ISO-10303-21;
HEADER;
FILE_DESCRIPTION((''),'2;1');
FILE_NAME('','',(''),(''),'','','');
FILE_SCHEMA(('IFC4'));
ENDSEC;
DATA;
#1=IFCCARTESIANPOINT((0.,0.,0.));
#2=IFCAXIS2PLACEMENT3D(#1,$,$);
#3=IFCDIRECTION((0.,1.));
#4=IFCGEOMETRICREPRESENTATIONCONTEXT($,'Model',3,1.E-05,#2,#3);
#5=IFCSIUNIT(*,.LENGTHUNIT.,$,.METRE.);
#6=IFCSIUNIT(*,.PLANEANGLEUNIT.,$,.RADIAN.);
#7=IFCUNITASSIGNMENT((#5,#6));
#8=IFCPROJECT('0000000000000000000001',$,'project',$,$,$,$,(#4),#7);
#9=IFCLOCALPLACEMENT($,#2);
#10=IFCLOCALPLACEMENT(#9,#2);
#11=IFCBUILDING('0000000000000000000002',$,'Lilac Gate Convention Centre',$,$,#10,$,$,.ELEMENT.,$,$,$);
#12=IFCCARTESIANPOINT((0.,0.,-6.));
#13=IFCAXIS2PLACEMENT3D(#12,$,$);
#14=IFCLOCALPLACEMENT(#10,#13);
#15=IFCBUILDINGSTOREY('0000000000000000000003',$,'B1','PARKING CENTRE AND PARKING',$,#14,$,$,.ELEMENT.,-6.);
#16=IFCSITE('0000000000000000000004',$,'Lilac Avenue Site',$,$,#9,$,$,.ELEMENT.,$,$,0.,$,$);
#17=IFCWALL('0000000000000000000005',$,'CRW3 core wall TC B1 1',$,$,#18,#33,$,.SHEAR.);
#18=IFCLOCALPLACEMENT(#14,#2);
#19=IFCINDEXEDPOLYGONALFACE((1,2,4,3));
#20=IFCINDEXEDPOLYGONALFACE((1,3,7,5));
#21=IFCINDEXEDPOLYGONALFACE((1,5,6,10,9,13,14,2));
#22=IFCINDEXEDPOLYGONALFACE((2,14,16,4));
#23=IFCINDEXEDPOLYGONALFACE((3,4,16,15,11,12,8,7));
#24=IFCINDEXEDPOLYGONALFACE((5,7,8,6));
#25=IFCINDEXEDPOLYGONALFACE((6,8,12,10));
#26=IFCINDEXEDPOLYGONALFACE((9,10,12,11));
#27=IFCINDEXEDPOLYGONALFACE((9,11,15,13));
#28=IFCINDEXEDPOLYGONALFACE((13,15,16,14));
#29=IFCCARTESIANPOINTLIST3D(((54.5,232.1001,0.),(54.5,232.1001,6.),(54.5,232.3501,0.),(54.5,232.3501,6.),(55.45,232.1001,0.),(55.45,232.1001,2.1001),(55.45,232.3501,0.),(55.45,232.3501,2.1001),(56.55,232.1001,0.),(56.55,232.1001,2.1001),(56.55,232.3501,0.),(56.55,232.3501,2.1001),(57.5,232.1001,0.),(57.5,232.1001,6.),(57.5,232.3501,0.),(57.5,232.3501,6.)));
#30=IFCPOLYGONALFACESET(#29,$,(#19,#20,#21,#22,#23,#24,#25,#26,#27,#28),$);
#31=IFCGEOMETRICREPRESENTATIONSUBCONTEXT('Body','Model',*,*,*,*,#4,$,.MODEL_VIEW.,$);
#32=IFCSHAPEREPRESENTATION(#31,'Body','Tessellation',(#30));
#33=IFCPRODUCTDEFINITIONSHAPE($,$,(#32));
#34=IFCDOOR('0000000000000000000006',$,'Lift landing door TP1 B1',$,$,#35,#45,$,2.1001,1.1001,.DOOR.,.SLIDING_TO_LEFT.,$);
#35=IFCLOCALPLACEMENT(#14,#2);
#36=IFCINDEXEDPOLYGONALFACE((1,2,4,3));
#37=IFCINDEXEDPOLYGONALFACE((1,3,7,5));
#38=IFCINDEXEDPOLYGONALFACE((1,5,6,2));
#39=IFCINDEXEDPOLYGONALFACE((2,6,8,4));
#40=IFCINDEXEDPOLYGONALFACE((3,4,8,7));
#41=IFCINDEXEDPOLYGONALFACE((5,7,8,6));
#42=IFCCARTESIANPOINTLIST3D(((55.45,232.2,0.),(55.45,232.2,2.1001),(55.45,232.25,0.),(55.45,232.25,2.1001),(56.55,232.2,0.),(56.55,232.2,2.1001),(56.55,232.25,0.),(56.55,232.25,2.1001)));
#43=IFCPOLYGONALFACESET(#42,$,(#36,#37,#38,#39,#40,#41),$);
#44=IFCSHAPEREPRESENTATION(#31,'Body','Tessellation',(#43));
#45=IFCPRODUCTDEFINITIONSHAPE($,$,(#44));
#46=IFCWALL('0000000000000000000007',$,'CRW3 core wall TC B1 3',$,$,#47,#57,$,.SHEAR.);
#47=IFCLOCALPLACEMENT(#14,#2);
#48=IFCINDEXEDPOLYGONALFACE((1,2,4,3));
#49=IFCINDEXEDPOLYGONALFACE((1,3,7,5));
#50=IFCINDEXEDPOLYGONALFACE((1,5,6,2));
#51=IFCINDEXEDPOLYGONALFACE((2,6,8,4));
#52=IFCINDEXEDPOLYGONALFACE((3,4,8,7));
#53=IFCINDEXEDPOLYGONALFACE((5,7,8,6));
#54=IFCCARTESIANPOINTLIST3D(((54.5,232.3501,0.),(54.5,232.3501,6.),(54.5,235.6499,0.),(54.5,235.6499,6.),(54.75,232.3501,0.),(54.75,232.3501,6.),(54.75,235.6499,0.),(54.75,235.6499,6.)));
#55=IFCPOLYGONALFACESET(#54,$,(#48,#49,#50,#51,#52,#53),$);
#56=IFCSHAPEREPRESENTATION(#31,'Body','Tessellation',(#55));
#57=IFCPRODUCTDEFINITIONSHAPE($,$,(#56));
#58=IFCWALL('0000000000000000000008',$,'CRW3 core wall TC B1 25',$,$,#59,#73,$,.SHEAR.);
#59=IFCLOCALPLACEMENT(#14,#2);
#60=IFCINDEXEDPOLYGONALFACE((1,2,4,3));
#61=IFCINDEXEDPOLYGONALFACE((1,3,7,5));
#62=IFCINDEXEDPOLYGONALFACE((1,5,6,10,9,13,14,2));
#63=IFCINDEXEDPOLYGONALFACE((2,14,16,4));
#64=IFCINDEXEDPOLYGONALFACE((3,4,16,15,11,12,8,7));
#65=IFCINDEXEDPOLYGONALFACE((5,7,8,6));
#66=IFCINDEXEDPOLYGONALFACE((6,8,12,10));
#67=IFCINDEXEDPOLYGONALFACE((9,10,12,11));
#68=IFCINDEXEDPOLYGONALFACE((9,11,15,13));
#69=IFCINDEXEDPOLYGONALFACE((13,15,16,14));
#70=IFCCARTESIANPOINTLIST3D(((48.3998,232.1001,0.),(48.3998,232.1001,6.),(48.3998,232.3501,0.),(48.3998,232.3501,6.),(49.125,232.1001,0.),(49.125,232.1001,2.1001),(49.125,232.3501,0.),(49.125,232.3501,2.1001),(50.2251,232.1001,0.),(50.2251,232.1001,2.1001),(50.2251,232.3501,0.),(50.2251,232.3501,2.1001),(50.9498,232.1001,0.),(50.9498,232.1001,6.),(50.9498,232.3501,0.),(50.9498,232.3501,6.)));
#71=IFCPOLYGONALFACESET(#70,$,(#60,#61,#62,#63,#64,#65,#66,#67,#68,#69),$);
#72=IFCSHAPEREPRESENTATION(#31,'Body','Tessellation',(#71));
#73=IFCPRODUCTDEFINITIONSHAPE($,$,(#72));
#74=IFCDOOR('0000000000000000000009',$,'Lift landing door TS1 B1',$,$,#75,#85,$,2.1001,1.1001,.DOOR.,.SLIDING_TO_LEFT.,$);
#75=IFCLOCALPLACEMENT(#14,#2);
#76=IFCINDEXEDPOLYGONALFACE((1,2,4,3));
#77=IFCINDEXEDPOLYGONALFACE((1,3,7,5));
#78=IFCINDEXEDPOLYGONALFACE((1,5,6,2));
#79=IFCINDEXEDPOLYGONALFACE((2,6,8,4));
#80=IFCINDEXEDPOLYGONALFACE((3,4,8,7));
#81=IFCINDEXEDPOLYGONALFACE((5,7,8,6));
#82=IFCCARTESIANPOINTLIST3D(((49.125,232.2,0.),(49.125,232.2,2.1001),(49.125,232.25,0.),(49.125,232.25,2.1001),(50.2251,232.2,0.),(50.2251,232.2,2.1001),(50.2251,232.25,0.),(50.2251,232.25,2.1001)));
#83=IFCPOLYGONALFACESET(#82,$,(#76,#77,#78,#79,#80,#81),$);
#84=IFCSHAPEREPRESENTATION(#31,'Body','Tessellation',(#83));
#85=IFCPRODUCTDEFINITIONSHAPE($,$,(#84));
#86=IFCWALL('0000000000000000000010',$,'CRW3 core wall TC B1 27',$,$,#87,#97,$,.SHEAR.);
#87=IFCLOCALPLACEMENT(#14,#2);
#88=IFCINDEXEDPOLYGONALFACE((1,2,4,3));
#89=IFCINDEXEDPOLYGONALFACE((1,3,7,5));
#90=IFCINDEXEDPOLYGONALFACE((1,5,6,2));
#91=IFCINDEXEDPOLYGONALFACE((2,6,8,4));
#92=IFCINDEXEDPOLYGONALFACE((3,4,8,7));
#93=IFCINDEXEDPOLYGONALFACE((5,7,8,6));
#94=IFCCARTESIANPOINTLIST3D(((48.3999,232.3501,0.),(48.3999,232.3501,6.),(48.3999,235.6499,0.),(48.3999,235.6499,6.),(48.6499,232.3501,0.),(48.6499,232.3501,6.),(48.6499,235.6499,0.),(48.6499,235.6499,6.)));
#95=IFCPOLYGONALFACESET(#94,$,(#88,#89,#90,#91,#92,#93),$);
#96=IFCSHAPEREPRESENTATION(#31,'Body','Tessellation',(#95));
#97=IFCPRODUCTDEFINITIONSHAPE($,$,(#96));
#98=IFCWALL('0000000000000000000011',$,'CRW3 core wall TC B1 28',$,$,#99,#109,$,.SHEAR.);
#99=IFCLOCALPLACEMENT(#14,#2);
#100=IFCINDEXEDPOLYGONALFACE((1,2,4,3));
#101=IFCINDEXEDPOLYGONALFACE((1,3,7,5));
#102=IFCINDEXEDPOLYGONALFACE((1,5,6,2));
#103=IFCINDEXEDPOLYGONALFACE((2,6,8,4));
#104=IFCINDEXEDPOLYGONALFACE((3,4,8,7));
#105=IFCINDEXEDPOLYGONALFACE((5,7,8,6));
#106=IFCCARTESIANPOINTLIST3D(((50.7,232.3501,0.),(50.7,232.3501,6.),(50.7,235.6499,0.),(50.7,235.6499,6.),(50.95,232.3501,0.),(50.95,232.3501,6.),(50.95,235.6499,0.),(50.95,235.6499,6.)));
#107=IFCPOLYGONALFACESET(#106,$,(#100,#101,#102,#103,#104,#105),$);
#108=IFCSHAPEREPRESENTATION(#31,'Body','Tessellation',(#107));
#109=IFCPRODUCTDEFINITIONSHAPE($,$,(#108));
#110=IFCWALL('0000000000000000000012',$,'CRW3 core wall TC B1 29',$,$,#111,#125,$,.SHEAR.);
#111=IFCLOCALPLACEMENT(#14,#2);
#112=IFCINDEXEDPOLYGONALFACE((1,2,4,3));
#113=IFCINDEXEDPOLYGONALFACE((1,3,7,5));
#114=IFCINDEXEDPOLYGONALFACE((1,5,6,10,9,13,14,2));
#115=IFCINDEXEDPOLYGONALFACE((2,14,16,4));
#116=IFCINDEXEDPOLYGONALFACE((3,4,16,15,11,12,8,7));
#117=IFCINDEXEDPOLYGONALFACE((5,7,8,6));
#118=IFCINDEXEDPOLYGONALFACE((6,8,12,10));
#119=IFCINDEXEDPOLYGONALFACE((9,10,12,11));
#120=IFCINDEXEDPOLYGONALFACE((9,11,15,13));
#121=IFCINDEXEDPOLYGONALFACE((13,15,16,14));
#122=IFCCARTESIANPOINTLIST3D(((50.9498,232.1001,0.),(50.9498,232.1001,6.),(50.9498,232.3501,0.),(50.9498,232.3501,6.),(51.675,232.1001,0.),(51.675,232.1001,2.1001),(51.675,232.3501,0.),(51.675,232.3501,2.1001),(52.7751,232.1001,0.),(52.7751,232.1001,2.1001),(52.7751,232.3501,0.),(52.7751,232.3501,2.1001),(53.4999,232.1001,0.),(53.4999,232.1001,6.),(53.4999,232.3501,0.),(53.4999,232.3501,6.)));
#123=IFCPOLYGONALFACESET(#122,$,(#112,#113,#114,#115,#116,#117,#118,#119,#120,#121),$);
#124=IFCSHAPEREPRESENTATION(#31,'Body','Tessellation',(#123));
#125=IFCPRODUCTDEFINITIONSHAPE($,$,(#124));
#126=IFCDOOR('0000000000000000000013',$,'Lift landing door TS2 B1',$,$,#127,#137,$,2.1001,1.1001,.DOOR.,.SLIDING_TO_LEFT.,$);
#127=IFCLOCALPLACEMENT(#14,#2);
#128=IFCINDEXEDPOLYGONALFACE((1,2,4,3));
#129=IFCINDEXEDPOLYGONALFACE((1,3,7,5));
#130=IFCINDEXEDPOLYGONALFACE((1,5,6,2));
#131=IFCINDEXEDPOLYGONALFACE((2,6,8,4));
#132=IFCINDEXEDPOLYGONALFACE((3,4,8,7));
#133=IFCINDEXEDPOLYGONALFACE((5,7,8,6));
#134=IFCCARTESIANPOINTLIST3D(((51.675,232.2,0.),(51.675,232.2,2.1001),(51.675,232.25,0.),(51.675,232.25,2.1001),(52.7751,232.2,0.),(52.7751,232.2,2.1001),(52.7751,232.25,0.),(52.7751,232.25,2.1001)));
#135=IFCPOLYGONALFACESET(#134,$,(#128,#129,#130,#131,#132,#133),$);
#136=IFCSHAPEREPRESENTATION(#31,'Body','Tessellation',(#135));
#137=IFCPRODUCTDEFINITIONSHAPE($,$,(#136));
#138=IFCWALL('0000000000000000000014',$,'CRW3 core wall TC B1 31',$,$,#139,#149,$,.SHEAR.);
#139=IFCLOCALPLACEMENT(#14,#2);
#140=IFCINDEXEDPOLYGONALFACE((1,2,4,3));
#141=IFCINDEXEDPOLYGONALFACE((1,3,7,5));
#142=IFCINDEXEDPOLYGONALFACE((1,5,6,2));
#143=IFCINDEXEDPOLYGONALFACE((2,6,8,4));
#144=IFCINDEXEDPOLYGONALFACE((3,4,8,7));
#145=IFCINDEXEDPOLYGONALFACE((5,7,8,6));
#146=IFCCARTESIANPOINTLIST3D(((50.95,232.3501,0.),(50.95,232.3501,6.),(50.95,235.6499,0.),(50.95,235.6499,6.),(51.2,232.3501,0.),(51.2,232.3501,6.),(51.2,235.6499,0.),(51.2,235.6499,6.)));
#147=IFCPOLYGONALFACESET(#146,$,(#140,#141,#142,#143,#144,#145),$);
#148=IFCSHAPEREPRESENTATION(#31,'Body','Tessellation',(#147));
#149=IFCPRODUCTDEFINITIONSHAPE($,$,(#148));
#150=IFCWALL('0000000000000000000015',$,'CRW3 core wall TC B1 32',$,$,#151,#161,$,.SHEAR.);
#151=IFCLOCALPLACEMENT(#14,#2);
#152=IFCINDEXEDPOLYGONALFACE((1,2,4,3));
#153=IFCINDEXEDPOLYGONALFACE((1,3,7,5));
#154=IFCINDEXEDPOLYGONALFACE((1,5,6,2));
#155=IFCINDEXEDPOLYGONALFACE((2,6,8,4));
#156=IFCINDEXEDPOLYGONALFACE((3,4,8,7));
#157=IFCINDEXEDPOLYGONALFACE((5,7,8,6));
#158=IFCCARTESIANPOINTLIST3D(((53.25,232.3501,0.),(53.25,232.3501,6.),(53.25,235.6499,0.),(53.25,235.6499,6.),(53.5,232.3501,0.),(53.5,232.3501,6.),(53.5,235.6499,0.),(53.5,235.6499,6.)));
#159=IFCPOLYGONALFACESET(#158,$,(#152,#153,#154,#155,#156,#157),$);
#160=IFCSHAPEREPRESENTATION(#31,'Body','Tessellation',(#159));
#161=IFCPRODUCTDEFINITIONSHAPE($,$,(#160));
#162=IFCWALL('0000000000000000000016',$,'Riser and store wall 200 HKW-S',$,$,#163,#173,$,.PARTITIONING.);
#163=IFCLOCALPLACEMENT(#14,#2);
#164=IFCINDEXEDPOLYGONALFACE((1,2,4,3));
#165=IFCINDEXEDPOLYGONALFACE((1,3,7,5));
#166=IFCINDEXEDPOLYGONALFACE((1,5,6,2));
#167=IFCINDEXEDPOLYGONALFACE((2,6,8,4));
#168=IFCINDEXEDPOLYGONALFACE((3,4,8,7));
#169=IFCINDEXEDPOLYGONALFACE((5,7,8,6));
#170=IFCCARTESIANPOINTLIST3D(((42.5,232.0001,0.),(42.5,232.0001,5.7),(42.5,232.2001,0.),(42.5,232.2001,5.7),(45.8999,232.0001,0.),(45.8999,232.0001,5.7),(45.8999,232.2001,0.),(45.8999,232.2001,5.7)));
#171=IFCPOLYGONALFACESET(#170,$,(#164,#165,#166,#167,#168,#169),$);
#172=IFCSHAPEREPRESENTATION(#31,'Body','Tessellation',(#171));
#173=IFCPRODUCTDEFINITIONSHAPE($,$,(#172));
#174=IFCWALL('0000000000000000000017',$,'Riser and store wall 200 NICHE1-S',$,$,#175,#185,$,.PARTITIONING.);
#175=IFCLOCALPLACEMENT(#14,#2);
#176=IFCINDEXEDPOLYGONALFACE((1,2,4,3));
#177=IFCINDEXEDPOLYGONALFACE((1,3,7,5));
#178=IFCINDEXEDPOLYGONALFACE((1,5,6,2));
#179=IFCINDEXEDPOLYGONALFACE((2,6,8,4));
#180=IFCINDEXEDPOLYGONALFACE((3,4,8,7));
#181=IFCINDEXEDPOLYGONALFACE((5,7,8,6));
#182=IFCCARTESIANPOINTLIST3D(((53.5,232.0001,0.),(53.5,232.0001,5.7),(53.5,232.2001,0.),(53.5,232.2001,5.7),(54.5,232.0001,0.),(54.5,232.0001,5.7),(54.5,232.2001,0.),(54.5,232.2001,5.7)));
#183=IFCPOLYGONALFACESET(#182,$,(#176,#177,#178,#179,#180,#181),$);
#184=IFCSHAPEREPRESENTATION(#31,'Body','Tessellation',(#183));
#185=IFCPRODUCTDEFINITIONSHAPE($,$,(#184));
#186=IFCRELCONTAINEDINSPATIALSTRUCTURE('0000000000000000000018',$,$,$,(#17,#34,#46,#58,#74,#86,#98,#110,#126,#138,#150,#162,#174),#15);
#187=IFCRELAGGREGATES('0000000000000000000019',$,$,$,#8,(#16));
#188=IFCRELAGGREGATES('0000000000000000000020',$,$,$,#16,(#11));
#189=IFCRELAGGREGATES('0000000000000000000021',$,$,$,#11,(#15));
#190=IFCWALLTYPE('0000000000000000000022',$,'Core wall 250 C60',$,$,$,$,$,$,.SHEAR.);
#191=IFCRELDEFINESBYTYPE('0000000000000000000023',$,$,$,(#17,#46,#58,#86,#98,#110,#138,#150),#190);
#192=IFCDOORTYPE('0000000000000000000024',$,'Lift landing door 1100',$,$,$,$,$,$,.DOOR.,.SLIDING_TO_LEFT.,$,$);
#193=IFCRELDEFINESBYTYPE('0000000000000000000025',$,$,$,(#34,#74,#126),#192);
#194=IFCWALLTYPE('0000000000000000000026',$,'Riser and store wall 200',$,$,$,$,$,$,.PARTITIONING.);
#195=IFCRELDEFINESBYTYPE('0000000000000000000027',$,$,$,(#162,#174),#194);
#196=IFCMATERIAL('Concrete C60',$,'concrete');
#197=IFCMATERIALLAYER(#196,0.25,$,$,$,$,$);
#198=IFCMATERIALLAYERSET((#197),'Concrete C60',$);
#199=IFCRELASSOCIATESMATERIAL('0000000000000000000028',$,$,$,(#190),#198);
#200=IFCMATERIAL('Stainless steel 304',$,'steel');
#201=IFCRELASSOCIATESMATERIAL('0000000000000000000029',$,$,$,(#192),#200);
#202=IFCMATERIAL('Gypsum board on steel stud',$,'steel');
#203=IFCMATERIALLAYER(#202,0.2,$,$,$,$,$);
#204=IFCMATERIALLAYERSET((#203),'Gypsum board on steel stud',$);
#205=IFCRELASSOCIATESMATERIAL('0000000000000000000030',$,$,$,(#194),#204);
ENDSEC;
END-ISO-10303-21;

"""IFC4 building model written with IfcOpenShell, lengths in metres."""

from ifc_helpers import new_model, si_unit, direction, frame, frame_2d, origin, place, context, subcontext, project, spatial, rectangle, extrude, material, layer, layer_set, type_object, element, fill, save


model = new_model("IFC4")

# Units and contexts
model_context = context("Model", 3, precision=1e-05, world=origin(), true_north=direction((0.0, 1.0)))
body_context = subcontext(model_context, "Body", "Model", "MODEL_VIEW")
ifc_project = project(units=[si_unit("LENGTHUNIT", "METRE"), si_unit("PLANEANGLEUNIT", "RADIAN")], contexts=[model_context])

# Site, building, storey
site_placement = place(None, origin())
site = spatial("IfcSite", under=ifc_project, at=site_placement, Name="Lilac Avenue Site", CompositionType="ELEMENT", RefElevation=0.0)
building_placement = place(site_placement, origin())
building = spatial("IfcBuilding", under=site, at=building_placement, Name="Lilac Gate Convention Centre", CompositionType="ELEMENT")
storey_placement = place(building_placement, frame((0.0, 0.0, -6.0)))
storey = spatial("IfcBuildingStorey", under=building, at=storey_placement, Name="B1", Description="PARKING CENTRE AND PARKING", CompositionType="ELEMENT", Elevation=-6.0)

# Wall, opening, door
ifc_material_1 = material(Name="Concrete C60", Category="concrete")
ifc_layer_1 = layer(ifc_material_1, 0.25)
ifc_layer_set_1 = layer_set([ifc_layer_1], Name="Concrete C60")
wall_type_1 = type_object("IfcWallType", Name="Core wall 250 C60", PredefinedType="SHEAR", material=ifc_layer_set_1)
wall_1_placement = place(storey_placement, frame((54.5, 232.2251, 0.0), z_axis=(0.0, 0.0, 1.0), x_axis=(1.0, 0.0, 0.0)))
wall_1 = element("IfcWall", 1, at=wall_1_placement, inside=storey, type_object=wall_type_1, Name="CRW3 core wall TC B1 1", PredefinedType="SHEAR", context=body_context, shape_type="SweptSolid", body=[
    extrude(rectangle(XDim=3.0, YDim=0.25, at=frame_2d((1.5, 0.0))), origin(), (0.0, 0.0, 1.0), 6.0),
])
opening_1_placement = place(wall_1_placement, frame((0.95, 0.0, 0.0)))
opening_1 = element("IfcOpeningElement", 2, at=opening_1_placement, cuts=wall_1, PredefinedType="OPENING", context=body_context, shape_type="SweptSolid", body=[
    extrude(rectangle(XDim=1.1001, YDim=2.1001, at=frame_2d((0.55, 1.05))), frame((0.0, 0.135, 0.0), z_axis=(0.0, -1.0, 0.0), x_axis=(1.0, 0.0, 0.0)), (0.0, 0.0, 1.0), 0.27),
])
ifc_material_2 = material(Name="Stainless steel 304", Category="steel")
door_type_1 = type_object("IfcDoorType", Name="Lift landing door 1100", OperationType="SLIDING_TO_LEFT", PredefinedType="DOOR", material=ifc_material_2)
door_1_placement = place(opening_1_placement, origin())
door_1 = element("IfcDoor", 3, at=door_1_placement, inside=storey, type_object=door_type_1, Name="Lift landing door TP1 B1", OperationType="SLIDING_TO_LEFT", OverallHeight=2.1001, OverallWidth=1.1001, PredefinedType="DOOR", context=body_context, shape_type="SweptSolid", body=[
    extrude(rectangle(XDim=1.1001, YDim=2.1001, at=frame_2d((0.55, 1.05))), frame((0.0, 0.0249, 0.0), z_axis=(0.0, -1.0, 0.0), x_axis=(1.0, 0.0, 0.0)), (0.0, 0.0, 1.0), 0.05),
])
fill(opening_1, door_1)

# Wall
wall_2_placement = place(storey_placement, frame((54.625, 232.3501, 0.0), z_axis=(0.0, 0.0, 1.0), x_axis=(0.0, 1.0, 0.0)))
element("IfcWall", 4, at=wall_2_placement, inside=storey, type_object=wall_type_1, Name="CRW3 core wall TC B1 3", PredefinedType="SHEAR", context=body_context, shape_type="SweptSolid", body=[
    extrude(rectangle(XDim=3.2998, YDim=0.25, at=frame_2d((1.6499, 0.0))), origin(), (0.0, 0.0, 1.0), 6.0),
])

# Wall, opening, door
wall_3_placement = place(storey_placement, frame((48.3999, 232.2251, 0.0), z_axis=(0.0, 0.0, 1.0), x_axis=(1.0, 0.0, 0.0)))
wall_3 = element("IfcWall", 5, at=wall_3_placement, inside=storey, type_object=wall_type_1, Name="CRW3 core wall TC B1 25", PredefinedType="SHEAR", context=body_context, shape_type="SweptSolid", body=[
    extrude(rectangle(XDim=2.55, YDim=0.25, at=frame_2d((1.2749, 0.0))), origin(), (0.0, 0.0, 1.0), 6.0),
])
opening_2_placement = place(wall_3_placement, frame((0.7251, 0.0, 0.0)))
opening_2 = element("IfcOpeningElement", 6, at=opening_2_placement, cuts=wall_3, PredefinedType="OPENING", context=body_context, shape_type="SweptSolid", body=[
    extrude(rectangle(XDim=1.1001, YDim=2.1001, at=frame_2d((0.55, 1.05))), frame((0.0, 0.135, 0.0), z_axis=(0.0, -1.0, 0.0), x_axis=(1.0, 0.0, 0.0)), (0.0, 0.0, 1.0), 0.27),
])
door_2_placement = place(opening_2_placement, origin())
door_2 = element("IfcDoor", 7, at=door_2_placement, inside=storey, type_object=door_type_1, Name="Lift landing door TS1 B1", OperationType="SLIDING_TO_LEFT", OverallHeight=2.1001, OverallWidth=1.1001, PredefinedType="DOOR", context=body_context, shape_type="SweptSolid", body=[
    extrude(rectangle(XDim=1.1001, YDim=2.1001, at=frame_2d((0.55, 1.05))), frame((0.0, 0.0249, 0.0), z_axis=(0.0, -1.0, 0.0), x_axis=(1.0, 0.0, 0.0)), (0.0, 0.0, 1.0), 0.05),
])
fill(opening_2, door_2)

# Walls
for number, where, z_axis, x_axis, name in (
    (8, (48.5249, 232.3501, 0.0), (0.0, 0.0, 1.0), (0.0, 1.0, 0.0), "CRW3 core wall TC B1 27"),
    (9, (50.825, 232.3501, 0.0), (0.0, 0.0, 1.0), (0.0, 1.0, 0.0), "CRW3 core wall TC B1 28"),
):
    element("IfcWall", number, at=place(storey_placement, frame(where, z_axis=z_axis, x_axis=x_axis)), inside=storey, type_object=wall_type_1, Name=name, PredefinedType="SHEAR", context=body_context, shape_type="SweptSolid", body=[
        extrude(rectangle(XDim=3.2998, YDim=0.25, at=frame_2d((1.6499, 0.0))), origin(), (0.0, 0.0, 1.0), 6.0),
    ])

# Wall, opening, door
wall_4_placement = place(storey_placement, frame((50.95, 232.2251, 0.0), z_axis=(0.0, 0.0, 1.0), x_axis=(1.0, 0.0, 0.0)))
wall_4 = element("IfcWall", 10, at=wall_4_placement, inside=storey, type_object=wall_type_1, Name="CRW3 core wall TC B1 29", PredefinedType="SHEAR", context=body_context, shape_type="SweptSolid", body=[
    extrude(rectangle(XDim=2.55, YDim=0.25, at=frame_2d((1.2749, 0.0))), origin(), (0.0, 0.0, 1.0), 6.0),
])
opening_3_placement = place(wall_4_placement, frame((0.7251, 0.0, 0.0)))
opening_3 = element("IfcOpeningElement", 11, at=opening_3_placement, cuts=wall_4, PredefinedType="OPENING", context=body_context, shape_type="SweptSolid", body=[
    extrude(rectangle(XDim=1.1001, YDim=2.1001, at=frame_2d((0.55, 1.05))), frame((0.0, 0.135, 0.0), z_axis=(0.0, -1.0, 0.0), x_axis=(1.0, 0.0, 0.0)), (0.0, 0.0, 1.0), 0.27),
])
door_3_placement = place(opening_3_placement, origin())
door_3 = element("IfcDoor", 12, at=door_3_placement, inside=storey, type_object=door_type_1, Name="Lift landing door TS2 B1", OperationType="SLIDING_TO_LEFT", OverallHeight=2.1001, OverallWidth=1.1001, PredefinedType="DOOR", context=body_context, shape_type="SweptSolid", body=[
    extrude(rectangle(XDim=1.1001, YDim=2.1001, at=frame_2d((0.55, 1.05))), frame((0.0, 0.0249, 0.0), z_axis=(0.0, -1.0, 0.0), x_axis=(1.0, 0.0, 0.0)), (0.0, 0.0, 1.0), 0.05),
])
fill(opening_3, door_3)

# Walls
for number, where, z_axis, x_axis, name in (
    (13, (51.075, 232.3501, 0.0), (0.0, 0.0, 1.0), (0.0, 1.0, 0.0), "CRW3 core wall TC B1 31"),
    (14, (53.375, 232.3501, 0.0), (0.0, 0.0, 1.0), (0.0, 1.0, 0.0), "CRW3 core wall TC B1 32"),
):
    element("IfcWall", number, at=place(storey_placement, frame(where, z_axis=z_axis, x_axis=x_axis)), inside=storey, type_object=wall_type_1, Name=name, PredefinedType="SHEAR", context=body_context, shape_type="SweptSolid", body=[
        extrude(rectangle(XDim=3.2998, YDim=0.25, at=frame_2d((1.6499, 0.0))), origin(), (0.0, 0.0, 1.0), 6.0),
    ])
ifc_material_3 = material(Name="Gypsum board on steel stud", Category="steel")
ifc_layer_2 = layer(ifc_material_3, 0.2)
ifc_layer_set_2 = layer_set([ifc_layer_2], Name="Gypsum board on steel stud")
wall_type_2 = type_object("IfcWallType", Name="Riser and store wall 200", PredefinedType="PARTITIONING", material=ifc_layer_set_2)
wall_5_placement = place(storey_placement, frame((42.5, 232.1001, 0.0), z_axis=(0.0, 0.0, 1.0), x_axis=(1.0, 0.0, 0.0)))
element("IfcWall", 15, at=wall_5_placement, inside=storey, type_object=wall_type_2, Name="Riser and store wall 200 HKW-S", PredefinedType="PARTITIONING", context=body_context, shape_type="SweptSolid", body=[
    extrude(rectangle(XDim=3.3999, YDim=0.2, at=frame_2d((1.7, 0.0))), origin(), (0.0, 0.0, 1.0), 5.7),
])
wall_6_placement = place(storey_placement, frame((53.5, 232.1001, 0.0), z_axis=(0.0, 0.0, 1.0), x_axis=(1.0, 0.0, 0.0)))
element("IfcWall", 16, at=wall_6_placement, inside=storey, type_object=wall_type_2, Name="Riser and store wall 200 NICHE1-S", PredefinedType="PARTITIONING", context=body_context, shape_type="SweptSolid", body=[
    extrude(rectangle(XDim=1.0, YDim=0.2, at=frame_2d((0.5, 0.0))), origin(), (0.0, 0.0, 1.0), 5.7),
])

save(model, "model.ifc")
